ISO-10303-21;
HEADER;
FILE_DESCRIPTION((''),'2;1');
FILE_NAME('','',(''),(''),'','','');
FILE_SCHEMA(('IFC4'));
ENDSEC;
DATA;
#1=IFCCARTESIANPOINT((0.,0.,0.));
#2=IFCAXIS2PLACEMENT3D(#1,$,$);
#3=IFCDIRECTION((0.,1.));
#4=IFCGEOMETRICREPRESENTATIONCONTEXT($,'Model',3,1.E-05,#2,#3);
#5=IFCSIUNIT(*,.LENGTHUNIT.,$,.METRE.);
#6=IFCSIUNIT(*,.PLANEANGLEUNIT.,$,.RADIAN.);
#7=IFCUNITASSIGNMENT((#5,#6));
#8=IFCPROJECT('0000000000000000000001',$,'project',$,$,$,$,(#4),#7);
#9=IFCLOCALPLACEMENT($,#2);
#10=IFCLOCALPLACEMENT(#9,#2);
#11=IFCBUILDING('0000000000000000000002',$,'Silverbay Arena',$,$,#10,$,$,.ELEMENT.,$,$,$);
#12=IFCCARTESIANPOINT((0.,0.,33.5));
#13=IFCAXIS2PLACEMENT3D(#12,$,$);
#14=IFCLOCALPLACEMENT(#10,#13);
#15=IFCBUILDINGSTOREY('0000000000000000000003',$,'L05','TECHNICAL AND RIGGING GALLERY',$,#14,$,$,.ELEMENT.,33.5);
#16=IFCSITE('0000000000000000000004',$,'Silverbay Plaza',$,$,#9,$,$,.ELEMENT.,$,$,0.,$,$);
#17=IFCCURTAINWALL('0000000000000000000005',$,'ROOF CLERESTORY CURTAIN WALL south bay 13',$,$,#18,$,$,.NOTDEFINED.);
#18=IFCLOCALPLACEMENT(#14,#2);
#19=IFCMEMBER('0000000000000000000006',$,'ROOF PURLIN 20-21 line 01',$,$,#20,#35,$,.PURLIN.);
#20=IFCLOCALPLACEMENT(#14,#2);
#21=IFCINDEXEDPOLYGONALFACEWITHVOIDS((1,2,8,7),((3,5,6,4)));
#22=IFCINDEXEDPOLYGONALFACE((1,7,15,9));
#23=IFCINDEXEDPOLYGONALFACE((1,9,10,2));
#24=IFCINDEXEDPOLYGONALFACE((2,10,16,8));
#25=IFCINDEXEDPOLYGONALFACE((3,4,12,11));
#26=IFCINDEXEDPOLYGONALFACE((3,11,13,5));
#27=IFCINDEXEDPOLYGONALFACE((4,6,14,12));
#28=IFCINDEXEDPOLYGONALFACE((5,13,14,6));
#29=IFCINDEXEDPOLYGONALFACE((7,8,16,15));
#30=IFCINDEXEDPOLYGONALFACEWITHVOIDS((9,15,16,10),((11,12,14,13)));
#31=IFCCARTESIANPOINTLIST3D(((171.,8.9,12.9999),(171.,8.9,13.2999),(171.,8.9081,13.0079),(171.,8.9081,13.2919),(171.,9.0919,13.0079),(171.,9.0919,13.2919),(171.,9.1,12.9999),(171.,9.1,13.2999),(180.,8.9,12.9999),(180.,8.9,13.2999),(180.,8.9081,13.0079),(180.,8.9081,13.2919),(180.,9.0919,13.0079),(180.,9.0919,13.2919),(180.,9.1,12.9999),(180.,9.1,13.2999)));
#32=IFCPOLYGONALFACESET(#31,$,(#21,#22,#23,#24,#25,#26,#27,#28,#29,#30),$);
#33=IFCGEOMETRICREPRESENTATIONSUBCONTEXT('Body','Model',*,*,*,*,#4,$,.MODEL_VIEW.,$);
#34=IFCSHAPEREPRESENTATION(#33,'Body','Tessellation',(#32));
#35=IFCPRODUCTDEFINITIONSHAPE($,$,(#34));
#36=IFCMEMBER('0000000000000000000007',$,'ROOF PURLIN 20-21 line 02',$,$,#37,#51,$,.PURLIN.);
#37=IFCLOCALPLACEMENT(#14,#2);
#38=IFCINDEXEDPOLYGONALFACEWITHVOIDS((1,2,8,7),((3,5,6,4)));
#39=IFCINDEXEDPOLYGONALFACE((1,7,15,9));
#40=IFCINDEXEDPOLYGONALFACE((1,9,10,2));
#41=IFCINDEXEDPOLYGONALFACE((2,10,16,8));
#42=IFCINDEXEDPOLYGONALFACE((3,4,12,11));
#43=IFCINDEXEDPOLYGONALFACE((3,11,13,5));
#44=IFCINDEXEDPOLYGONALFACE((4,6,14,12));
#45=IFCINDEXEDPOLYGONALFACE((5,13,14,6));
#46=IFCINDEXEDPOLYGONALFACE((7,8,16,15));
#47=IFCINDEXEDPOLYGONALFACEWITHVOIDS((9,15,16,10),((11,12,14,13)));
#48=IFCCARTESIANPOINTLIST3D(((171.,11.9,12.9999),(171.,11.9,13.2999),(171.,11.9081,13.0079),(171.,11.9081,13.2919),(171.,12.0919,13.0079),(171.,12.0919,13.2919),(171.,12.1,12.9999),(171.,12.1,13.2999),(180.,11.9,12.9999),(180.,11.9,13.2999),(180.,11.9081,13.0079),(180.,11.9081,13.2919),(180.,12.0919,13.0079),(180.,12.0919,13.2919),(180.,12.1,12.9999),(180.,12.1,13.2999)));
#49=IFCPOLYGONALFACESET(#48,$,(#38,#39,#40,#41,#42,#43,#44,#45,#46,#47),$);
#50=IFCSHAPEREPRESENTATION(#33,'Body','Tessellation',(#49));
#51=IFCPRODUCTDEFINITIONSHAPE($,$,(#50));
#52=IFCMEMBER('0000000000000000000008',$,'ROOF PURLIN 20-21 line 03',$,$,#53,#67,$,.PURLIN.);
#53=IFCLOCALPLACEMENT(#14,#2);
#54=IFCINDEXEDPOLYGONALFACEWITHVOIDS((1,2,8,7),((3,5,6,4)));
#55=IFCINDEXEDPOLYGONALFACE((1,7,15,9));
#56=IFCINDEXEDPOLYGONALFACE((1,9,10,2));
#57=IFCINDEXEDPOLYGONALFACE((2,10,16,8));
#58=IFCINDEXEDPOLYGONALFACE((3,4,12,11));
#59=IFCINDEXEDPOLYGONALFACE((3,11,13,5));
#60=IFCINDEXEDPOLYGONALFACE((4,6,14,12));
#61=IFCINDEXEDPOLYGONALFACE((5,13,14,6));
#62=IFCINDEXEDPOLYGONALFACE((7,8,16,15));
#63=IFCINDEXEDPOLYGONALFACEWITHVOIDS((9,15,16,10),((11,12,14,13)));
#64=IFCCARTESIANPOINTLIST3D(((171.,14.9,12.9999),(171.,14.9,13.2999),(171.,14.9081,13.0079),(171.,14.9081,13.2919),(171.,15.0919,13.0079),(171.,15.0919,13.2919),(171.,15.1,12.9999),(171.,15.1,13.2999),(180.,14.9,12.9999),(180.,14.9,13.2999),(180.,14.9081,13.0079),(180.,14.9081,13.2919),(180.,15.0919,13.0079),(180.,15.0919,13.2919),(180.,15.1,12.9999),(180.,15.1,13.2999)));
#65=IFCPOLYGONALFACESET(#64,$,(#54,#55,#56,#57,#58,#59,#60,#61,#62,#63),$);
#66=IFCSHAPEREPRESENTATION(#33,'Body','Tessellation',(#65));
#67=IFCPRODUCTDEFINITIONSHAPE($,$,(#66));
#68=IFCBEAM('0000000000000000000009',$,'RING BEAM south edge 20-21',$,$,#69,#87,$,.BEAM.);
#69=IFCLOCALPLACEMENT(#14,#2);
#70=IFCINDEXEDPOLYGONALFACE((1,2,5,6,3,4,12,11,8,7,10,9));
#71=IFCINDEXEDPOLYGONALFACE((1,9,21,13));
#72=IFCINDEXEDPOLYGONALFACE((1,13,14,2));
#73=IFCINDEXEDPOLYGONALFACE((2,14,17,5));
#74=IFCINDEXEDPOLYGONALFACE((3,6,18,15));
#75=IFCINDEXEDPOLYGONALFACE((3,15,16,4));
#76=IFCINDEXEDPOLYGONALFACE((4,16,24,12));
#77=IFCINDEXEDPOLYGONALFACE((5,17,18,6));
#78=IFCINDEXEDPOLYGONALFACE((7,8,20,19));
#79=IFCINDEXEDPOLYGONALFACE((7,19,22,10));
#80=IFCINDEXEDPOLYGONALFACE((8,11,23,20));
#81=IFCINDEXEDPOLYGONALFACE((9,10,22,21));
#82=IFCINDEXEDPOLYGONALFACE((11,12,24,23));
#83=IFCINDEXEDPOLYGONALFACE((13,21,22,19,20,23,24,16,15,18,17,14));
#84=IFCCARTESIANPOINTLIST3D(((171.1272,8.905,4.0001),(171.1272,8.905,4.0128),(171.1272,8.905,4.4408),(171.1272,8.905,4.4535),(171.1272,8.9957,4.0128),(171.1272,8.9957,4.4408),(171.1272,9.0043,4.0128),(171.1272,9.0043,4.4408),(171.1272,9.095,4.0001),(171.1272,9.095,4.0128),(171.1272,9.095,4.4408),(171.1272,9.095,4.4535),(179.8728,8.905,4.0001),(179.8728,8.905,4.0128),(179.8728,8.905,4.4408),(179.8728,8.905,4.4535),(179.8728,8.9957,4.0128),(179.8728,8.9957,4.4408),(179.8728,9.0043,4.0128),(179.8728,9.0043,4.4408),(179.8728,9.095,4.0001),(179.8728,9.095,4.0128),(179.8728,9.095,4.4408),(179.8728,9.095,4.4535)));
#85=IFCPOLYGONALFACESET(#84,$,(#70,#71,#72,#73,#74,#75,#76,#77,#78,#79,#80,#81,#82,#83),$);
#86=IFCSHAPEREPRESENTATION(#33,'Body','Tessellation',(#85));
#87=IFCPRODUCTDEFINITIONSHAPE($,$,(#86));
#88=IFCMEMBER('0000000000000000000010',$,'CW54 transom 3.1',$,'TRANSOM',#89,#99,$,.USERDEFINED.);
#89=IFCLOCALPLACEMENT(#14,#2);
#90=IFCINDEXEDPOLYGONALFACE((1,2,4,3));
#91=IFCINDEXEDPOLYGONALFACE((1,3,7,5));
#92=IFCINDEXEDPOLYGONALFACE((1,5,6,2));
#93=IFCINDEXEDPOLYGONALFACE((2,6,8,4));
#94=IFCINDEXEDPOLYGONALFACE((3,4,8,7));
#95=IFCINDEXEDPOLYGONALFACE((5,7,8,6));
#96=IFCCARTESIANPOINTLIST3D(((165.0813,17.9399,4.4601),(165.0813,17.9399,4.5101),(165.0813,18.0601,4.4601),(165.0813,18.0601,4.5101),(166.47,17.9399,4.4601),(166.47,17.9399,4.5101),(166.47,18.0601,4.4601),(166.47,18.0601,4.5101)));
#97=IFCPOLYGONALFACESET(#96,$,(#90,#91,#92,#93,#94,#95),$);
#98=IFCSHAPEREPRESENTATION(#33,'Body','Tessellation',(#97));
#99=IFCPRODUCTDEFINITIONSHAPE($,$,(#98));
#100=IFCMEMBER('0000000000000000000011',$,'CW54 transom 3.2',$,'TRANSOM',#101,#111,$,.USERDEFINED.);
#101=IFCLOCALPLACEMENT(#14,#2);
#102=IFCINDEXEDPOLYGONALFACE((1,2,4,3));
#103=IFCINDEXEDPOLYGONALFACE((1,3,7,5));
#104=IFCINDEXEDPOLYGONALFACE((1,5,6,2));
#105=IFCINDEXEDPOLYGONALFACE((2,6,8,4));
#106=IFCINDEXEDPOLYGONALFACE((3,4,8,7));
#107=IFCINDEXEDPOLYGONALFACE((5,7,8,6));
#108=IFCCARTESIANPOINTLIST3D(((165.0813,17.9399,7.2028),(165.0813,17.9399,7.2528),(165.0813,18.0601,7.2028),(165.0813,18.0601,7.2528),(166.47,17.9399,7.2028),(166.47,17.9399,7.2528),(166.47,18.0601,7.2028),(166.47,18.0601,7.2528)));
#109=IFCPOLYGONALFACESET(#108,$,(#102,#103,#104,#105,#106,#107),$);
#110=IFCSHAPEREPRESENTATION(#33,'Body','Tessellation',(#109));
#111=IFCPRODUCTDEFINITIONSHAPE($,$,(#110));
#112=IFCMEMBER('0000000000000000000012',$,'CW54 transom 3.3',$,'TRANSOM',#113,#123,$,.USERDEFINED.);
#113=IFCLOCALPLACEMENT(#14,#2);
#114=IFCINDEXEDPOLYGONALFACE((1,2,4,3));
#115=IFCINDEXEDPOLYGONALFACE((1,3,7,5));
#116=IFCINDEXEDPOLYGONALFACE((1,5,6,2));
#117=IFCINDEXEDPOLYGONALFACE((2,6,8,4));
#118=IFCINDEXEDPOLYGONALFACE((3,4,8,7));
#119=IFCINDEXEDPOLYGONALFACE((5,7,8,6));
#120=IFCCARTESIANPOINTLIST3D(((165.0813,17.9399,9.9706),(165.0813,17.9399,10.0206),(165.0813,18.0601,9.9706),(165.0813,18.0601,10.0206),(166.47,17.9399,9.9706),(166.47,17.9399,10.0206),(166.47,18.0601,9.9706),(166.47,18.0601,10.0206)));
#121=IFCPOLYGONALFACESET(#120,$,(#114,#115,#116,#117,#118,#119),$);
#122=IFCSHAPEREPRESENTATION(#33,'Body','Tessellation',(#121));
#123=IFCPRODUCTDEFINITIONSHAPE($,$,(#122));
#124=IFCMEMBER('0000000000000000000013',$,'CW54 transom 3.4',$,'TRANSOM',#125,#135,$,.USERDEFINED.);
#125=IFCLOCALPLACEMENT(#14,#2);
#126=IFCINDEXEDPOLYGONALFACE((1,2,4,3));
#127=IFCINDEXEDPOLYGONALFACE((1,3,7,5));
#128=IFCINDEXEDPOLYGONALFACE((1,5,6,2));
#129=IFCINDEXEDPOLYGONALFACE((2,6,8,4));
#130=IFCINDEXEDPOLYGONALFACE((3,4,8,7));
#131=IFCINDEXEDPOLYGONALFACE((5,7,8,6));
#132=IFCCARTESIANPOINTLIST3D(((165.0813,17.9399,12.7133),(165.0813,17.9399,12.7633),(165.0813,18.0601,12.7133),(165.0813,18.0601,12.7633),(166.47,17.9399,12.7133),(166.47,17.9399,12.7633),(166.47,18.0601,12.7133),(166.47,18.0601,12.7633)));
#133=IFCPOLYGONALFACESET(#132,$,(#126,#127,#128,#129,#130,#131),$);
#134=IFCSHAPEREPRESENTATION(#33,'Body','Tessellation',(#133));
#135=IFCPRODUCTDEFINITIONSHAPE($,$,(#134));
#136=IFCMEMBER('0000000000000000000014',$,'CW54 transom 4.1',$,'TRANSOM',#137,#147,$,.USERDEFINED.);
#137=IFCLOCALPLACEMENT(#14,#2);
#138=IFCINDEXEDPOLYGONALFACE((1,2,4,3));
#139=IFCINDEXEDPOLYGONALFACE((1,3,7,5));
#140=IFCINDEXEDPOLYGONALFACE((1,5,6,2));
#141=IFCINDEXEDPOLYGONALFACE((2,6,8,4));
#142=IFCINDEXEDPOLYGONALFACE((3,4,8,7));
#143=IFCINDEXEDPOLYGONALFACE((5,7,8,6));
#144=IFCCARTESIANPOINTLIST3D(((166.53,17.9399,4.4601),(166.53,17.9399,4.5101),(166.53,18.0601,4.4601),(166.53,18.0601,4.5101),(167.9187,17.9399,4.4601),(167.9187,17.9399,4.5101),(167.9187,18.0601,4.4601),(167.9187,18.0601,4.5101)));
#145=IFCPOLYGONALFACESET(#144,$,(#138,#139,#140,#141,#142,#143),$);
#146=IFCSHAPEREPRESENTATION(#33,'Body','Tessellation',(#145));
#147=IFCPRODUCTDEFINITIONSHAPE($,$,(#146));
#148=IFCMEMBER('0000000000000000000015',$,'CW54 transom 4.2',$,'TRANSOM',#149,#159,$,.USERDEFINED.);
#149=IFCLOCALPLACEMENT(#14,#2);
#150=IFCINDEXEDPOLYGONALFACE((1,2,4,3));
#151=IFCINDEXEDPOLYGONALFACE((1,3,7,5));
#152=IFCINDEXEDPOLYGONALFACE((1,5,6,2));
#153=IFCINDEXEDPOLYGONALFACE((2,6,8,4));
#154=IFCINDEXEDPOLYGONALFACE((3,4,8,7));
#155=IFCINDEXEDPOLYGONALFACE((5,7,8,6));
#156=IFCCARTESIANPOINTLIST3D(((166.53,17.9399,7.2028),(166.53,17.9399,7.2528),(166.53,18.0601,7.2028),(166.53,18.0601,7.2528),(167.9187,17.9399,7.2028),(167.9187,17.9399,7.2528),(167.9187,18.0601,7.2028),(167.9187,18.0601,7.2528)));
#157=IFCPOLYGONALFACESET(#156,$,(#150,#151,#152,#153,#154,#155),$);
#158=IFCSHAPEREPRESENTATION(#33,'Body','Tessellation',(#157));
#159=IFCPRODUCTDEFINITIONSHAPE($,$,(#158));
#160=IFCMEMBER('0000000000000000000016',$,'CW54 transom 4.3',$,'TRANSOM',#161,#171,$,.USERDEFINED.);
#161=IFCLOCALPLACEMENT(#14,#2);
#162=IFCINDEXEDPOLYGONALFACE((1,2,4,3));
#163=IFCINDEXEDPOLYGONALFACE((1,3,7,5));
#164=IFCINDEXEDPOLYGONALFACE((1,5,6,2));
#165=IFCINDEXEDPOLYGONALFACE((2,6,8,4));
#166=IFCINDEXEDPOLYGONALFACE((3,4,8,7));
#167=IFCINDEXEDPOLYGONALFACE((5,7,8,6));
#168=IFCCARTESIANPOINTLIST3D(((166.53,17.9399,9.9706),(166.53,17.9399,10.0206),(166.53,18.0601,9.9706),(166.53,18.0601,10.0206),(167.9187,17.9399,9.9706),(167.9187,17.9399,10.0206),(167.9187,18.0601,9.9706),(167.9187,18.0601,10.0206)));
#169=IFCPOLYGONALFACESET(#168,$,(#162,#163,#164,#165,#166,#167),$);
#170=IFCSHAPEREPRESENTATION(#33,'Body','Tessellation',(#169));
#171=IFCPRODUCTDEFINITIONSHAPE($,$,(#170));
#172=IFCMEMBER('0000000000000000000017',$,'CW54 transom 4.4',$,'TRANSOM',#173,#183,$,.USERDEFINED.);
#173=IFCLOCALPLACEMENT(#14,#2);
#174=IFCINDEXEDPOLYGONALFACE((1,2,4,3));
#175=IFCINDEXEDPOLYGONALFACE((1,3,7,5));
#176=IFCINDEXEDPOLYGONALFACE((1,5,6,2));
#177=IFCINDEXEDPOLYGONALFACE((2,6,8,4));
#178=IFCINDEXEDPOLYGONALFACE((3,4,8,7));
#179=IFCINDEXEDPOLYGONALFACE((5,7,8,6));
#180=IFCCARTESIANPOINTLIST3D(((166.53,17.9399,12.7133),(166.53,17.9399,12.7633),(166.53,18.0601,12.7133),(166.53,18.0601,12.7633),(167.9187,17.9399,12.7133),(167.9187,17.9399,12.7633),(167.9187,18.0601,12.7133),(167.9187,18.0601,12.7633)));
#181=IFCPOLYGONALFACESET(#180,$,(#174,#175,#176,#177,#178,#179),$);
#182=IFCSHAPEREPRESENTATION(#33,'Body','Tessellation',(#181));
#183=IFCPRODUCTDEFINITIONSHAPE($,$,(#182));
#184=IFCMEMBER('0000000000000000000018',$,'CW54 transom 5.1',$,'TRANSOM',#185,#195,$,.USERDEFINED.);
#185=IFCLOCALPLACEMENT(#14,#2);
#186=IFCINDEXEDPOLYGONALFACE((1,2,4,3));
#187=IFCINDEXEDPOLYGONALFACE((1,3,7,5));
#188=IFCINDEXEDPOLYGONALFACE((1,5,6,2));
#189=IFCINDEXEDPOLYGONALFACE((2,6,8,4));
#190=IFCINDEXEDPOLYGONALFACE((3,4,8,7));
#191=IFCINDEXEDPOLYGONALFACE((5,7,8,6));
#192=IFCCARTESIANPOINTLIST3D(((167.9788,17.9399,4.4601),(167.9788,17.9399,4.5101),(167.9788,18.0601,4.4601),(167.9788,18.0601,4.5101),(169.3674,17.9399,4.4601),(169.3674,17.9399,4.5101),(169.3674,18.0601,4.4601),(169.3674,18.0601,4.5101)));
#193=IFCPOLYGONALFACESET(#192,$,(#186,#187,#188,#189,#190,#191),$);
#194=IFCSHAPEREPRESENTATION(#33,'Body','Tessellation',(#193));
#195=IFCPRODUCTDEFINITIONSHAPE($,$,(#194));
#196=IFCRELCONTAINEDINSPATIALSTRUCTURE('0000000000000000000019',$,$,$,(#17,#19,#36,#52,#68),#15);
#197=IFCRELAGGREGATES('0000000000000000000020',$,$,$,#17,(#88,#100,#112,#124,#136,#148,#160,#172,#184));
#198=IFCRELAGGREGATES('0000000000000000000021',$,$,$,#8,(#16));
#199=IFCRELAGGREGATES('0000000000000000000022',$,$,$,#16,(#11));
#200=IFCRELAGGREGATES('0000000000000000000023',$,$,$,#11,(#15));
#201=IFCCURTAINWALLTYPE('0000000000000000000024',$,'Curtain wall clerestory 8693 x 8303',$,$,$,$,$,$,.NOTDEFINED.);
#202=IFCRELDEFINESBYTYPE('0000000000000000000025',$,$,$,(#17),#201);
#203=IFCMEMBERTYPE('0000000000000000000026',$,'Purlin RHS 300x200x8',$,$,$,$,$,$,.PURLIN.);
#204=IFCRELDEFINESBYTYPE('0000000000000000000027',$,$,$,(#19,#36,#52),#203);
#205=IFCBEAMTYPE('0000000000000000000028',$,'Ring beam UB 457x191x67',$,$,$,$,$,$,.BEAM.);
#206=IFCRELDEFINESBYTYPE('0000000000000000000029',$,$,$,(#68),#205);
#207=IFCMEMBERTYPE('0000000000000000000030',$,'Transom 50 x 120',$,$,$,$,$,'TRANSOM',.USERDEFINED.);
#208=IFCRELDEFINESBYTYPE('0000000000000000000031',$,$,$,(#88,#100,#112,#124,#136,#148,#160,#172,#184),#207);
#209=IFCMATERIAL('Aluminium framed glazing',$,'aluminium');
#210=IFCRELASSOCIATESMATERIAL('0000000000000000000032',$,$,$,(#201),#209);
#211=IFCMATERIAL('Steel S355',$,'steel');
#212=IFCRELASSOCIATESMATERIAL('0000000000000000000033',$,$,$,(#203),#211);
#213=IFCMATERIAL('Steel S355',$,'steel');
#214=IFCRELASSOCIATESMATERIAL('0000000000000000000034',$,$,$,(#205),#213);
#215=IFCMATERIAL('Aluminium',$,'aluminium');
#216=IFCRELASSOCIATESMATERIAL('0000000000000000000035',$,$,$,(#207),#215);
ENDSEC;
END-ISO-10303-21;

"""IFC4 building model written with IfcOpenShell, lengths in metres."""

from ifc_helpers import new_model, si_unit, direction, frame, origin, origin_2d, place, context, subcontext, project, spatial, rectangle, hollow_rectangle, i_section, extrude, material, material_profile, profile_set, type_object, element, aggregate, save


model = new_model("IFC4")

# Units and contexts
model_context = context("Model", 3, precision=1e-05, world=origin(), true_north=direction((0.0, 1.0)))
body_context = subcontext(model_context, "Body", "Model", "MODEL_VIEW")
ifc_project = project(units=[si_unit("LENGTHUNIT", "METRE"), si_unit("PLANEANGLEUNIT", "RADIAN")], contexts=[model_context])

# Site, building, storey
site_placement = place(None, origin())
site = spatial("IfcSite", under=ifc_project, at=site_placement, Name="Silverbay Plaza", CompositionType="ELEMENT", RefElevation=0.0)
building_placement = place(site_placement, origin())
building = spatial("IfcBuilding", under=site, at=building_placement, Name="Silverbay Arena", CompositionType="ELEMENT")
storey_placement = place(building_placement, frame((0.0, 0.0, 33.5)))
storey = spatial("IfcBuildingStorey", under=building, at=storey_placement, Name="L05", Description="TECHNICAL AND RIGGING GALLERY", CompositionType="ELEMENT", Elevation=33.5)

# Curtain wall
ifc_material_1 = material(Name="Aluminium framed glazing", Category="aluminium")
curtain_wall_type = type_object("IfcCurtainWallType", Name="Curtain wall clerestory 8693 x 8303", PredefinedType="NOTDEFINED", material=ifc_material_1)
curtain_wall_placement = place(storey_placement, origin())
curtain_wall = element("IfcCurtainWall", 1, at=curtain_wall_placement, inside=storey, type_object=curtain_wall_type, Name="ROOF CLERESTORY CURTAIN WALL south bay 13", PredefinedType="NOTDEFINED")

# Members
ifc_material_2 = material(Name="Steel S355", Category="steel")
ifc_material_profile_1 = material_profile(ifc_material_2, hollow_rectangle(XDim=0.2, YDim=0.3, WallThickness=0.0081, at=origin_2d()), Name="RHS 300x200x8")
ifc_profile_set_1 = profile_set([ifc_material_profile_1], Name="Steel S355")
member_type_1 = type_object("IfcMemberType", Name="Purlin RHS 300x200x8", PredefinedType="PURLIN", material=ifc_profile_set_1)
for number, where, z_axis, x_axis, name in (
    (2, (171.0, 9.0, 13.1499), (1.0, 0.0, 0.0), (0.0, 1.0, 0.0), "ROOF PURLIN 20-21 line 01"),
    (3, (171.0, 12.0, 13.1499), (1.0, 0.0, 0.0), (0.0, 1.0, 0.0), "ROOF PURLIN 20-21 line 02"),
    (4, (171.0, 15.0, 13.1499), (1.0, 0.0, 0.0), (0.0, 1.0, 0.0), "ROOF PURLIN 20-21 line 03"),
):
    element("IfcMember", number, at=place(storey_placement, frame(where, z_axis=z_axis, x_axis=x_axis)), inside=storey, type_object=member_type_1, Name=name, PredefinedType="PURLIN", context=body_context, shape_type="SweptSolid", body=[
        extrude(hollow_rectangle(XDim=0.2, YDim=0.3, WallThickness=0.0081, at=origin_2d()), origin(), (0.0, 0.0, 1.0), 9.0),
    ])

# Beam
ifc_material_3 = material(Name="Steel S355", Category="steel")
ifc_material_profile_2 = material_profile(ifc_material_3, i_section(OverallWidth=0.1899, OverallDepth=0.4534, WebThickness=0.0085, FlangeThickness=0.0127, at=origin_2d()), Name="UB 457x191x67")
ifc_profile_set_2 = profile_set([ifc_material_profile_2], Name="Steel S355")
beam_type = type_object("IfcBeamType", Name="Ring beam UB 457x191x67", PredefinedType="BEAM", material=ifc_profile_set_2)
beam_placement = place(storey_placement, frame((171.1272, 9.0, 4.2268), z_axis=(1.0, 0.0, 0.0), x_axis=(0.0, 1.0, 0.0)))
element("IfcBeam", 5, at=beam_placement, inside=storey, type_object=beam_type, Name="RING BEAM south edge 20-21", PredefinedType="BEAM", context=body_context, shape_type="SweptSolid", body=[
    extrude(i_section(OverallWidth=0.1899, OverallDepth=0.4534, WebThickness=0.0085, FlangeThickness=0.0127, at=origin_2d()), origin(), (0.0, 0.0, 1.0), 8.7456),
])

# Members
ifc_material_4 = material(Name="Aluminium", Category="aluminium")
ifc_material_profile_3 = material_profile(ifc_material_4, rectangle(XDim=0.1201, YDim=0.05, at=origin_2d()), Name="Transom 50 x 120")
ifc_profile_set_3 = profile_set([ifc_material_profile_3], Name="Aluminium")
member_type_2 = type_object("IfcMemberType", Name="Transom 50 x 120", ElementType="TRANSOM", PredefinedType="USERDEFINED", material=ifc_profile_set_3)
member_1_placement = place(storey_placement, frame((165.0813, 18.0, 4.4851), z_axis=(1.0, 0.0, 0.0), x_axis=(0.0, 1.0, 0.0)))
member_1 = element("IfcMember", 6, at=member_1_placement, type_object=member_type_2, Name="CW54 transom 3.1", ObjectType="TRANSOM", PredefinedType="USERDEFINED", context=body_context, shape_type="SweptSolid", body=[
    extrude(rectangle(XDim=0.1201, YDim=0.05, at=origin_2d()), origin(), (0.0, 0.0, 1.0), 1.3887),
])
member_2_placement = place(storey_placement, frame((165.0813, 18.0, 7.2278), z_axis=(1.0, 0.0, 0.0), x_axis=(0.0, 1.0, 0.0)))
member_2 = element("IfcMember", 7, at=member_2_placement, type_object=member_type_2, Name="CW54 transom 3.2", ObjectType="TRANSOM", PredefinedType="USERDEFINED", context=body_context, shape_type="SweptSolid", body=[
    extrude(rectangle(XDim=0.1201, YDim=0.05, at=origin_2d()), origin(), (0.0, 0.0, 1.0), 1.3887),
])
member_3_placement = place(storey_placement, frame((165.0813, 18.0, 9.9956), z_axis=(1.0, 0.0, 0.0), x_axis=(0.0, 1.0, 0.0)))
member_3 = element("IfcMember", 8, at=member_3_placement, type_object=member_type_2, Name="CW54 transom 3.3", ObjectType="TRANSOM", PredefinedType="USERDEFINED", context=body_context, shape_type="SweptSolid", body=[
    extrude(rectangle(XDim=0.1201, YDim=0.05, at=origin_2d()), origin(), (0.0, 0.0, 1.0), 1.3887),
])
member_4_placement = place(storey_placement, frame((165.0813, 18.0, 12.7383), z_axis=(1.0, 0.0, 0.0), x_axis=(0.0, 1.0, 0.0)))
member_4 = element("IfcMember", 9, at=member_4_placement, type_object=member_type_2, Name="CW54 transom 3.4", ObjectType="TRANSOM", PredefinedType="USERDEFINED", context=body_context, shape_type="SweptSolid", body=[
    extrude(rectangle(XDim=0.1201, YDim=0.05, at=origin_2d()), origin(), (0.0, 0.0, 1.0), 1.3887),
])
member_5_placement = place(storey_placement, frame((166.53, 18.0, 4.4851), z_axis=(1.0, 0.0, 0.0), x_axis=(0.0, 1.0, 0.0)))
member_5 = element("IfcMember", 10, at=member_5_placement, type_object=member_type_2, Name="CW54 transom 4.1", ObjectType="TRANSOM", PredefinedType="USERDEFINED", context=body_context, shape_type="SweptSolid", body=[
    extrude(rectangle(XDim=0.1201, YDim=0.05, at=origin_2d()), origin(), (0.0, 0.0, 1.0), 1.3887),
])
member_6_placement = place(storey_placement, frame((166.53, 18.0, 7.2278), z_axis=(1.0, 0.0, 0.0), x_axis=(0.0, 1.0, 0.0)))
member_6 = element("IfcMember", 11, at=member_6_placement, type_object=member_type_2, Name="CW54 transom 4.2", ObjectType="TRANSOM", PredefinedType="USERDEFINED", context=body_context, shape_type="SweptSolid", body=[
    extrude(rectangle(XDim=0.1201, YDim=0.05, at=origin_2d()), origin(), (0.0, 0.0, 1.0), 1.3887),
])
member_7_placement = place(storey_placement, frame((166.53, 18.0, 9.9956), z_axis=(1.0, 0.0, 0.0), x_axis=(0.0, 1.0, 0.0)))
member_7 = element("IfcMember", 12, at=member_7_placement, type_object=member_type_2, Name="CW54 transom 4.3", ObjectType="TRANSOM", PredefinedType="USERDEFINED", context=body_context, shape_type="SweptSolid", body=[
    extrude(rectangle(XDim=0.1201, YDim=0.05, at=origin_2d()), origin(), (0.0, 0.0, 1.0), 1.3887),
])
member_8_placement = place(storey_placement, frame((166.53, 18.0, 12.7383), z_axis=(1.0, 0.0, 0.0), x_axis=(0.0, 1.0, 0.0)))
member_8 = element("IfcMember", 13, at=member_8_placement, type_object=member_type_2, Name="CW54 transom 4.4", ObjectType="TRANSOM", PredefinedType="USERDEFINED", context=body_context, shape_type="SweptSolid", body=[
    extrude(rectangle(XDim=0.1201, YDim=0.05, at=origin_2d()), origin(), (0.0, 0.0, 1.0), 1.3887),
])
member_9_placement = place(storey_placement, frame((167.9788, 18.0, 4.4851), z_axis=(1.0, 0.0, 0.0), x_axis=(0.0, 1.0, 0.0)))
member_9 = element("IfcMember", 14, at=member_9_placement, type_object=member_type_2, Name="CW54 transom 5.1", ObjectType="TRANSOM", PredefinedType="USERDEFINED", context=body_context, shape_type="SweptSolid", body=[
    extrude(rectangle(XDim=0.1201, YDim=0.05, at=origin_2d()), origin(), (0.0, 0.0, 1.0), 1.3887),
])

aggregate(curtain_wall, [member_1, member_2, member_3, member_4, member_5, member_6, member_7, member_8, member_9])

save(model, "model.ifc")
